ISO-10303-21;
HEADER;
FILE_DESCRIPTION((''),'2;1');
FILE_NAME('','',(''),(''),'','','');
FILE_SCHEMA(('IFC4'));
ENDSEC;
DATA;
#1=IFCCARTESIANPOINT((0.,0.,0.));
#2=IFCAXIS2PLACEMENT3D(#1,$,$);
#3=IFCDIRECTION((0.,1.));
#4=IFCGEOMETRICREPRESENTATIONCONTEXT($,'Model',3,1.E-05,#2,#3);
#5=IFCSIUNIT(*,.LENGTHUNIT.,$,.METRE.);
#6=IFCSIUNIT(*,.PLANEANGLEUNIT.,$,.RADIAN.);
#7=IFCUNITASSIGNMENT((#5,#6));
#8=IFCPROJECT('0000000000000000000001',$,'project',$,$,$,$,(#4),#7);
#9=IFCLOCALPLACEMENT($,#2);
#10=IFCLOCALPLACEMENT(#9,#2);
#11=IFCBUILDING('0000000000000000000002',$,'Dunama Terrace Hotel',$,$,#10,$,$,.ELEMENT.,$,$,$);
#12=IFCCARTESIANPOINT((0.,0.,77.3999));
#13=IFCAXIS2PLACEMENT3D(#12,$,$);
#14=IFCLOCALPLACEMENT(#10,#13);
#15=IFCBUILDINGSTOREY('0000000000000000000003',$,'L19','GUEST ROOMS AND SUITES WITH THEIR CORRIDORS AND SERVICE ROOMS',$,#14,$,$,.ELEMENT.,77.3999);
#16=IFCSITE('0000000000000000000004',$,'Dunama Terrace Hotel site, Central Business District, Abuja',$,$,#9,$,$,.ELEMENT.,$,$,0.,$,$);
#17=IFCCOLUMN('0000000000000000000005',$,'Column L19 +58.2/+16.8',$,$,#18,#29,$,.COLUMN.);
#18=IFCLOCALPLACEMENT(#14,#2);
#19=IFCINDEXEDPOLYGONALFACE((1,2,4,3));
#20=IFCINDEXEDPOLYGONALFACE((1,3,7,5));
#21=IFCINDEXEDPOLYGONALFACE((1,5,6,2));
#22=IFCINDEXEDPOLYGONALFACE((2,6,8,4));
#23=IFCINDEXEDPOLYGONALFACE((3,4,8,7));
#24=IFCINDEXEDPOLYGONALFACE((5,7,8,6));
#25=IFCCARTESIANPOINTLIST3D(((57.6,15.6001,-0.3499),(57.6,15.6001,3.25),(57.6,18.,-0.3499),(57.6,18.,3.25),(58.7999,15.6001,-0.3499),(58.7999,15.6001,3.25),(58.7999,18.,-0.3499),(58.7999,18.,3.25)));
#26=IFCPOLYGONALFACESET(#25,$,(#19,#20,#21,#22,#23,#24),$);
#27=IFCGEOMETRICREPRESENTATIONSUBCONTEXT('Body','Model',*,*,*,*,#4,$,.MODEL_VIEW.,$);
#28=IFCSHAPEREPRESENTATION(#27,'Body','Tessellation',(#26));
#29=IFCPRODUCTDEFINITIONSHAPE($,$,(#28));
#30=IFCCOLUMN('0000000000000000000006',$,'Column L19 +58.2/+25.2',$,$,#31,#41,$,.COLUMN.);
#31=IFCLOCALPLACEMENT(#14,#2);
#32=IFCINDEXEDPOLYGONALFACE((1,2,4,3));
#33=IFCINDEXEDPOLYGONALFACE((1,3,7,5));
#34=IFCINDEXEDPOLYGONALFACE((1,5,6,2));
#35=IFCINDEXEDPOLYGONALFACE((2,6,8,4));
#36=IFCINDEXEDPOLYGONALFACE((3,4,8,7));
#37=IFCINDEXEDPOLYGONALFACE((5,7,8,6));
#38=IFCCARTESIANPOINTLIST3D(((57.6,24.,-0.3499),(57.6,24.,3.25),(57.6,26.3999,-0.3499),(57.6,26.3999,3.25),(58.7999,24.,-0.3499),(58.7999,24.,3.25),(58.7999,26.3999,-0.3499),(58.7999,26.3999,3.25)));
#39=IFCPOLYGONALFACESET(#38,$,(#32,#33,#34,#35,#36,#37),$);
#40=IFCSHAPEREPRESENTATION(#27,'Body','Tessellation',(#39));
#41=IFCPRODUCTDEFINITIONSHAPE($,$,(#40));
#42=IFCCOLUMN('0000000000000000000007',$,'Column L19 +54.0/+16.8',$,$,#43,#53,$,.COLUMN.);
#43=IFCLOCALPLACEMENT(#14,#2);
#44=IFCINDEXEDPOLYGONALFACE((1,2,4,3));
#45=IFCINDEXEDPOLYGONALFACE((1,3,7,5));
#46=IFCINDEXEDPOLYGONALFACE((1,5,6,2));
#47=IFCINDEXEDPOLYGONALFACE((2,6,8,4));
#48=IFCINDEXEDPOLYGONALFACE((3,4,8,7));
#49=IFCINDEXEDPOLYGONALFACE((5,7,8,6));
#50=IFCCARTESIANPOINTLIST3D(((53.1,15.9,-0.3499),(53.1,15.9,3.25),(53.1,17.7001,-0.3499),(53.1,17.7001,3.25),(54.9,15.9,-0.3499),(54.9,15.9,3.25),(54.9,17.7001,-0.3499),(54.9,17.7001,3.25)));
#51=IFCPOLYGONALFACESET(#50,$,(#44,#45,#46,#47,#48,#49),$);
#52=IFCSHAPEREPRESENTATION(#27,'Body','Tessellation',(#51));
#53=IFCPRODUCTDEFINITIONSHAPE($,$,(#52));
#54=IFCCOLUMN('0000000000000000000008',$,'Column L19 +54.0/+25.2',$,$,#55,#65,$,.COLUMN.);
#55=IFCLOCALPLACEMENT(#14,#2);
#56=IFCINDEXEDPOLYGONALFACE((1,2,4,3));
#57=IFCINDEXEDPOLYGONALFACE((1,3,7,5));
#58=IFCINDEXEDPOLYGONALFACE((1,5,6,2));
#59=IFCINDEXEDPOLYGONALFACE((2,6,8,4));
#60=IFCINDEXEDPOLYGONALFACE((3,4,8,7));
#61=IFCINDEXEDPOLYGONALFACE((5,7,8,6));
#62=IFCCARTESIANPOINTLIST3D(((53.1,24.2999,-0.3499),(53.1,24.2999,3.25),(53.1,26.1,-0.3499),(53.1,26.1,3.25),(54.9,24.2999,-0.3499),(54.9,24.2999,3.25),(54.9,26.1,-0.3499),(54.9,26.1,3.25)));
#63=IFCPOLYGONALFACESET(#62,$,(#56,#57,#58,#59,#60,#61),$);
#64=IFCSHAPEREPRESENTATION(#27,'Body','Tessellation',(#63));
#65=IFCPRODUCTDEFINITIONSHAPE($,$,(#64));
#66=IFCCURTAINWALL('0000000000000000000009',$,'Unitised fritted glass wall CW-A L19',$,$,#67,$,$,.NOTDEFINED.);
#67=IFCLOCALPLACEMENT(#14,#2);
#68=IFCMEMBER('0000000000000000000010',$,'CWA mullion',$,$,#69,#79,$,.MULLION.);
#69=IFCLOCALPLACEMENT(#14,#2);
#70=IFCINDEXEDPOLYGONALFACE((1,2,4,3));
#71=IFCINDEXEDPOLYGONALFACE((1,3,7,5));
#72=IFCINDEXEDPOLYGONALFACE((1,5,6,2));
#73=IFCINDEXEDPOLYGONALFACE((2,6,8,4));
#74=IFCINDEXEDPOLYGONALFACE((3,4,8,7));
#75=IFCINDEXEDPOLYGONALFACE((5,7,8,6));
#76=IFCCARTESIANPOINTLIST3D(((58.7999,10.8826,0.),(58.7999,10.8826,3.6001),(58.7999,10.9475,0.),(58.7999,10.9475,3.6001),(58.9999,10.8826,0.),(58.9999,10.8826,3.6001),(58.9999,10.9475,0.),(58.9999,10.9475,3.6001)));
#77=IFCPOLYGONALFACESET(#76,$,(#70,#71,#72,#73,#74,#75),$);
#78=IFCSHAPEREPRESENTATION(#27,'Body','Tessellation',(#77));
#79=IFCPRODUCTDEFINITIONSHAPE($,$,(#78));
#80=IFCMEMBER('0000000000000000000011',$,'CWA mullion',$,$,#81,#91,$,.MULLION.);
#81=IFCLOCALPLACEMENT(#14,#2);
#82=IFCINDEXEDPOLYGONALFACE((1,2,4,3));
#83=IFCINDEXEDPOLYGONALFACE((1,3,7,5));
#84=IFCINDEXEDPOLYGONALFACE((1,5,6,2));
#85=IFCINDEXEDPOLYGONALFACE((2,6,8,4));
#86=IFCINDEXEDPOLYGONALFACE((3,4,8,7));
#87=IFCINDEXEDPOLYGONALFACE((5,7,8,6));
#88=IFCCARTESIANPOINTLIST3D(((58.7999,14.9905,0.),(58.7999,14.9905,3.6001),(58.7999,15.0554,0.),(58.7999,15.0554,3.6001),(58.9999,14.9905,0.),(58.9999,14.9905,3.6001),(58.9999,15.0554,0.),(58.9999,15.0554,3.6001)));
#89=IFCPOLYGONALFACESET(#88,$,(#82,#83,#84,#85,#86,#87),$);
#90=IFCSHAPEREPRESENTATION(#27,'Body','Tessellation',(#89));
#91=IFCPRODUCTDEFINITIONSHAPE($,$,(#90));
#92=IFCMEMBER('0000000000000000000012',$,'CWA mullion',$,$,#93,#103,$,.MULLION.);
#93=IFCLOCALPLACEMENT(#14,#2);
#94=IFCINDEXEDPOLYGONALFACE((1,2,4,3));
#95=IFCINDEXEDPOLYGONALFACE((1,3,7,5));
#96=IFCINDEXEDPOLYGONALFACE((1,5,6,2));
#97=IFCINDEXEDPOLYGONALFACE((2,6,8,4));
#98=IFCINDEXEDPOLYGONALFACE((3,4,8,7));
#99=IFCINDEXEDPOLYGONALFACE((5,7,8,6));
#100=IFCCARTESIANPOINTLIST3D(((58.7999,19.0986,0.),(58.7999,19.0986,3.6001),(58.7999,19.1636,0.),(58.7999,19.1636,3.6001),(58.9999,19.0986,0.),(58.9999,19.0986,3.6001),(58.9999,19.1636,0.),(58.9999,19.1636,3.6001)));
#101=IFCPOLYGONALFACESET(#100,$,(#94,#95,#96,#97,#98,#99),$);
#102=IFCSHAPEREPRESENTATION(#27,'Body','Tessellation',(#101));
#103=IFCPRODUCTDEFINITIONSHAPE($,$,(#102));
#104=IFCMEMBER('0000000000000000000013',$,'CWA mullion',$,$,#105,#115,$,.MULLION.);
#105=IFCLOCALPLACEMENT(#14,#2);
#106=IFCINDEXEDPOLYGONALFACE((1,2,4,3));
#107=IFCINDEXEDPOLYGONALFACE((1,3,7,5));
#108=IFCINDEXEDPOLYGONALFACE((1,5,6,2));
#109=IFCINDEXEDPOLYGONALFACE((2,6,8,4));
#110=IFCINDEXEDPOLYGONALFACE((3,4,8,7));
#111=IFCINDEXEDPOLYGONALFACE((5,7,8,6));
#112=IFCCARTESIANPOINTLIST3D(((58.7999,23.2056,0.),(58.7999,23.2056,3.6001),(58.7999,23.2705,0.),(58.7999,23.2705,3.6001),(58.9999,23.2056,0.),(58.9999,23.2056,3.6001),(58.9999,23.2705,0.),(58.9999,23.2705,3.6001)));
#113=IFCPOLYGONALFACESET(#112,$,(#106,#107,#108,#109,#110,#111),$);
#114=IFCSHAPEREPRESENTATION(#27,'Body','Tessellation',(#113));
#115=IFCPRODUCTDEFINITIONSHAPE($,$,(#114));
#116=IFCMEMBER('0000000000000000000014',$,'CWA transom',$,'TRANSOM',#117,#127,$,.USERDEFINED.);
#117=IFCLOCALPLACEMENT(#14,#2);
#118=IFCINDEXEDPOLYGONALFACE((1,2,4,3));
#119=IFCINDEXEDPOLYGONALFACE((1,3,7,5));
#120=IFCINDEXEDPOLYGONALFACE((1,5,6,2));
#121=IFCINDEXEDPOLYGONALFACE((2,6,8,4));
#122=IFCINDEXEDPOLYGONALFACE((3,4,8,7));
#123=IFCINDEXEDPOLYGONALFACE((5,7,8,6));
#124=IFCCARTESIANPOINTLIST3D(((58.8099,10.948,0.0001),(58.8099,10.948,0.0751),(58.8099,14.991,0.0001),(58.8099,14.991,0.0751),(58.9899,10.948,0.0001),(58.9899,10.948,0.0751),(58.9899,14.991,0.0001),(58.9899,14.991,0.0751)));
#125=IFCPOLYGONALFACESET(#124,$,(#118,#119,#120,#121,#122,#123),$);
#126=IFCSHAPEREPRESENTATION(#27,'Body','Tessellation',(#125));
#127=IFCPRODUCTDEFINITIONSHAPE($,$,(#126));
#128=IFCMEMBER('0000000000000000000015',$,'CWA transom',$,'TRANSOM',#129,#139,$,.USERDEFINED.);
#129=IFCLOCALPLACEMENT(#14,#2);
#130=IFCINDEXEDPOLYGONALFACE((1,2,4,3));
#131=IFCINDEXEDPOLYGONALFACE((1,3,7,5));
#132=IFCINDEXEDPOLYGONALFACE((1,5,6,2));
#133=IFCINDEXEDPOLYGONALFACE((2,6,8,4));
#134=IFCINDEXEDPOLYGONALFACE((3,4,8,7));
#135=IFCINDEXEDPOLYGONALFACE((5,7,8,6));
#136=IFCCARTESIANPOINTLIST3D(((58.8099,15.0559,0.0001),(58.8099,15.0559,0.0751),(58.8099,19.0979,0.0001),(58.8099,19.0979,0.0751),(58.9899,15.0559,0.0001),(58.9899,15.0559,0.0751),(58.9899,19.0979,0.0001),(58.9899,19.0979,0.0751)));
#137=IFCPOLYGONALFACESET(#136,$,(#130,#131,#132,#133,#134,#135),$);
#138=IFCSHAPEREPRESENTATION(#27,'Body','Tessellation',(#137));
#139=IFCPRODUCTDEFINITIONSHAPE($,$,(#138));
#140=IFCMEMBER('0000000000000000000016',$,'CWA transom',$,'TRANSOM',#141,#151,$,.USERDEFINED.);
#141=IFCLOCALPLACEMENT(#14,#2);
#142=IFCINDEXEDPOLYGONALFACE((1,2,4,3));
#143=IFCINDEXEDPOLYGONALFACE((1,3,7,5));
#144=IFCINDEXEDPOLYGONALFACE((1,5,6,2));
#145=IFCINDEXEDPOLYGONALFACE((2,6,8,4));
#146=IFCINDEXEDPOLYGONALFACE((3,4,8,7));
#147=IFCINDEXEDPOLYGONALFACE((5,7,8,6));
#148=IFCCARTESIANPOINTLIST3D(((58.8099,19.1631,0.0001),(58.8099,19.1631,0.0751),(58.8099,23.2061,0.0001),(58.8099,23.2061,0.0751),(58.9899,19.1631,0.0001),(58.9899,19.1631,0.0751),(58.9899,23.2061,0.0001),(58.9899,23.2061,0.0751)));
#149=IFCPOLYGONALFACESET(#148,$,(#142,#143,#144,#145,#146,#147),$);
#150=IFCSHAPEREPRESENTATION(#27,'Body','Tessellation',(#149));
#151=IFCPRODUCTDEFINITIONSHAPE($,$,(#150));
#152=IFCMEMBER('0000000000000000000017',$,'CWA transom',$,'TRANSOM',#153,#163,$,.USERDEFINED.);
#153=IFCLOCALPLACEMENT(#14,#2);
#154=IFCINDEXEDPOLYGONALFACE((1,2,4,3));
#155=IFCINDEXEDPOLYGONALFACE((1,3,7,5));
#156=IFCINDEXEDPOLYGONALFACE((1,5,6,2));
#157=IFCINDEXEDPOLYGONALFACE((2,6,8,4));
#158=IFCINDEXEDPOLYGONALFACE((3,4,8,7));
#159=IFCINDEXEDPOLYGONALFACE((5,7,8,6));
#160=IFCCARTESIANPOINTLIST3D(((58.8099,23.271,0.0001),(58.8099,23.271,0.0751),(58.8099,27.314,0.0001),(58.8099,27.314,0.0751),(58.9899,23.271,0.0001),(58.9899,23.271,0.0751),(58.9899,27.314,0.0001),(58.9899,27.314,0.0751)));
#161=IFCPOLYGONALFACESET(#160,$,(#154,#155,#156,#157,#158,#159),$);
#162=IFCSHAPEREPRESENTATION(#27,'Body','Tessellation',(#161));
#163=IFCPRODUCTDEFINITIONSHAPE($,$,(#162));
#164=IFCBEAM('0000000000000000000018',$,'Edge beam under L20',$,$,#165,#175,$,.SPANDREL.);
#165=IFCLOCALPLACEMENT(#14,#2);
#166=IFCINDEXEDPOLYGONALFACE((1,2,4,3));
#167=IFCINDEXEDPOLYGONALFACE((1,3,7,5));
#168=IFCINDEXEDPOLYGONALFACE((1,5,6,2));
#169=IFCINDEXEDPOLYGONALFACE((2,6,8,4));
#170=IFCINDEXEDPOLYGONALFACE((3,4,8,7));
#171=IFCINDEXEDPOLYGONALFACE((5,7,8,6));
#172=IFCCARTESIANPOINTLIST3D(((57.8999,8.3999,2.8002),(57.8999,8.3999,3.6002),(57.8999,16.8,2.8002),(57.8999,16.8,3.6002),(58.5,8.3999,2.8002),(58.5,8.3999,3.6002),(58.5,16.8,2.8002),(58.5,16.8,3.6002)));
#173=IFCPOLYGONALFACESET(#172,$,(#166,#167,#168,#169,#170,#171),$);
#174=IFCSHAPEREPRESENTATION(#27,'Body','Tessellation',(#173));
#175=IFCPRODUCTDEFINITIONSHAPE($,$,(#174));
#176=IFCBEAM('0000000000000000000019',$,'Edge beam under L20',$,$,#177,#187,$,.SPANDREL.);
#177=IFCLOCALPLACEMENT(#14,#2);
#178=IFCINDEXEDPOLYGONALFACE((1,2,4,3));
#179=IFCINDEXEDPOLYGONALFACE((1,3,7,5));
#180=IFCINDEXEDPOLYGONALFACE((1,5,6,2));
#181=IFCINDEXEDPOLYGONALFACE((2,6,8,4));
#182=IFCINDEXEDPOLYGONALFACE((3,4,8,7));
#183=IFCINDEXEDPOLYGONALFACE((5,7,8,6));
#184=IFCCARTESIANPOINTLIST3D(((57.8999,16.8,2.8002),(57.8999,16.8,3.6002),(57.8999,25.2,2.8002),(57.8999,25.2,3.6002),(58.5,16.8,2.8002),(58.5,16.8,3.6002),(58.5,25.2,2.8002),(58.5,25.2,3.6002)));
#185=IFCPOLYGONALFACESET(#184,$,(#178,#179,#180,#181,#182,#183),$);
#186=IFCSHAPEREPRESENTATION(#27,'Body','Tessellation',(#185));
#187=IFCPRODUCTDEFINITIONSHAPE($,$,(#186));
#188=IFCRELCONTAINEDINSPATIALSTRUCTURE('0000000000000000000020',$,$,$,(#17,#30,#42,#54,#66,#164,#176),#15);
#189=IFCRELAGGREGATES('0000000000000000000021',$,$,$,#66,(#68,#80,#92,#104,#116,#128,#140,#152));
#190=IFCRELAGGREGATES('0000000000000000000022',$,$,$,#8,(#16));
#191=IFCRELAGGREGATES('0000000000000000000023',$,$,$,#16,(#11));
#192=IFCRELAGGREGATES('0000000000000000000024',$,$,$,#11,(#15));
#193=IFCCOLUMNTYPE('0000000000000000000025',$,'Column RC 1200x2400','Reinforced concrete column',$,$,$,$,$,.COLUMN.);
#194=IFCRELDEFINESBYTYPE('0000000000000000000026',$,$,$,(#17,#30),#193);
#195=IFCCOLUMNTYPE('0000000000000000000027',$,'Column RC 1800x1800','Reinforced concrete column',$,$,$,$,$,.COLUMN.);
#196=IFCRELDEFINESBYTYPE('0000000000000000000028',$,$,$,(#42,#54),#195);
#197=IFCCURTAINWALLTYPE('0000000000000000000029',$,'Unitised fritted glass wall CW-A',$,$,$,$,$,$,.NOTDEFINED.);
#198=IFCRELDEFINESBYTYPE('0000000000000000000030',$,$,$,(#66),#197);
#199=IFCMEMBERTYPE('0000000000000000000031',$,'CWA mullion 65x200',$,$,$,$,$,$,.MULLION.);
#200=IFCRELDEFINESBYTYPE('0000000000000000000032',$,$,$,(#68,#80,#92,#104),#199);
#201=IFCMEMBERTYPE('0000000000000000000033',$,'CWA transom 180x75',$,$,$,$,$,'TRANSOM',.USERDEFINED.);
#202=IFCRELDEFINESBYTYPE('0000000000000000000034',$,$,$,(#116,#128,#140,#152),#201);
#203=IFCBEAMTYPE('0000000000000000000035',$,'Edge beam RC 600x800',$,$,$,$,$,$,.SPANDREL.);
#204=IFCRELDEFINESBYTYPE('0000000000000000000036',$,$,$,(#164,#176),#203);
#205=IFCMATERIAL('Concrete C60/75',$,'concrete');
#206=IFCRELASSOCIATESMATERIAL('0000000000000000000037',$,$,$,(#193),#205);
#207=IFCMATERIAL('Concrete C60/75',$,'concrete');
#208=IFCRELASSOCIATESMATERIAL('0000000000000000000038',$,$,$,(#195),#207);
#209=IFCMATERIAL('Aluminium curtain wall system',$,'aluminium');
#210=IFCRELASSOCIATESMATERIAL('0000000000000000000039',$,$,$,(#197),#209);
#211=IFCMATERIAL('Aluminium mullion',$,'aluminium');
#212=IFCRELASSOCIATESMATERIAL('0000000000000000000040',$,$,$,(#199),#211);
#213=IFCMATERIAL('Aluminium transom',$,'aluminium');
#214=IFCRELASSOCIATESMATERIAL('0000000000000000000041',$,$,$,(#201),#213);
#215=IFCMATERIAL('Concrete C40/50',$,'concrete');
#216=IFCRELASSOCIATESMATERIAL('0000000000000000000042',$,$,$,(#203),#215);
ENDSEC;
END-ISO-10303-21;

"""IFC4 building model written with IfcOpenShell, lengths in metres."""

from ifc_helpers import new_model, si_unit, direction, frame, origin, origin_2d, place, context, subcontext, project, spatial, rectangle, extrude, material, material_profile, profile_set, type_object, element, aggregate, save


model = new_model("IFC4")

# Units and contexts
model_context = context("Model", 3, precision=1e-05, world=origin(), true_north=direction((0.0, 1.0)))
body_context = subcontext(model_context, "Body", "Model", "MODEL_VIEW")
ifc_project = project(units=[si_unit("LENGTHUNIT", "METRE"), si_unit("PLANEANGLEUNIT", "RADIAN")], contexts=[model_context])

# Site, building, storey
site_placement = place(None, origin())
site = spatial("IfcSite", under=ifc_project, at=site_placement, Name="Dunama Terrace Hotel site, Central Business District, Abuja", CompositionType="ELEMENT", RefElevation=0.0)
building_placement = place(site_placement, origin())
building = spatial("IfcBuilding", under=site, at=building_placement, Name="Dunama Terrace Hotel", CompositionType="ELEMENT")
storey_placement = place(building_placement, frame((0.0, 0.0, 77.3999)))
storey = spatial("IfcBuildingStorey", under=building, at=storey_placement, Name="L19", Description="GUEST ROOMS AND SUITES WITH THEIR CORRIDORS AND SERVICE ROOMS", CompositionType="ELEMENT", Elevation=77.3999)

# Columns
ifc_material_1 = material(Name="Concrete C60/75", Category="concrete")
ifc_material_profile_1 = material_profile(ifc_material_1, rectangle(XDim=1.2, YDim=2.3999, at=origin_2d()), Name="RC 1200x2400")
ifc_profile_set_1 = profile_set([ifc_material_profile_1], Name="Concrete C60/75")
column_type_1 = type_object("IfcColumnType", Name="Column RC 1200x2400", Description="Reinforced concrete column", PredefinedType="COLUMN", material=ifc_profile_set_1)
for number, where, z_axis, x_axis, name in (
    (1, (58.2, 16.8, -0.3499), (0.0, 0.0, 1.0), (1.0, 0.0, 0.0), "Column L19 +58.2/+16.8"),
    (2, (58.2, 25.2, -0.3499), (0.0, 0.0, 1.0), (1.0, 0.0, 0.0), "Column L19 +58.2/+25.2"),
):
    element("IfcColumn", number, at=place(storey_placement, frame(where, z_axis=z_axis, x_axis=x_axis)), inside=storey, type_object=column_type_1, Name=name, PredefinedType="COLUMN", context=body_context, shape_type="SweptSolid", body=[
        extrude(rectangle(XDim=1.2, YDim=2.3999, at=origin_2d()), origin(), (0.0, 0.0, 1.0), 3.5999),
    ])
ifc_material_2 = material(Name="Concrete C60/75", Category="concrete")
ifc_material_profile_2 = material_profile(ifc_material_2, rectangle(XDim=1.8, YDim=1.8, at=origin_2d()), Name="RC 1800x1800")
ifc_profile_set_2 = profile_set([ifc_material_profile_2], Name="Concrete C60/75")
column_type_2 = type_object("IfcColumnType", Name="Column RC 1800x1800", Description="Reinforced concrete column", PredefinedType="COLUMN", material=ifc_profile_set_2)
for number, where, z_axis, x_axis, name in (
    (3, (54.0, 16.8, -0.3499), (0.0, 0.0, 1.0), (1.0, 0.0, 0.0), "Column L19 +54.0/+16.8"),
    (4, (54.0, 25.2, -0.3499), (0.0, 0.0, 1.0), (1.0, 0.0, 0.0), "Column L19 +54.0/+25.2"),
):
    element("IfcColumn", number, at=place(storey_placement, frame(where, z_axis=z_axis, x_axis=x_axis)), inside=storey, type_object=column_type_2, Name=name, PredefinedType="COLUMN", context=body_context, shape_type="SweptSolid", body=[
        extrude(rectangle(XDim=1.8, YDim=1.8, at=origin_2d()), origin(), (0.0, 0.0, 1.0), 3.5999),
    ])

# Curtain wall, members
ifc_material_3 = material(Name="Aluminium curtain wall system", Category="aluminium")
curtain_wall_type = type_object("IfcCurtainWallType", Name="Unitised fritted glass wall CW-A", PredefinedType="NOTDEFINED", material=ifc_material_3)
curtain_wall_placement = place(storey_placement, origin())
curtain_wall = element("IfcCurtainWall", 5, at=curtain_wall_placement, inside=storey, type_object=curtain_wall_type, Name="Unitised fritted glass wall CW-A L19", PredefinedType="NOTDEFINED")
ifc_material_4 = material(Name="Aluminium mullion", Category="aluminium")
ifc_material_profile_3 = material_profile(ifc_material_4, rectangle(XDim=0.0649, YDim=0.2, at=origin_2d()), Name="CWA MULLION 65X200")
ifc_profile_set_3 = profile_set([ifc_material_profile_3], Name="Aluminium mullion")
member_type_1 = type_object("IfcMemberType", Name="CWA mullion 65x200", PredefinedType="MULLION", material=ifc_profile_set_3)
member_1_placement = place(storey_placement, frame((58.8999, 10.915, 0.0), z_axis=(0.0, 0.0, 1.0), x_axis=(0.0, 1.0, 0.0)))
member_1 = element("IfcMember", 6, at=member_1_placement, type_object=member_type_1, Name="CWA mullion", PredefinedType="MULLION", context=body_context, shape_type="SweptSolid", body=[
    extrude(rectangle(XDim=0.0649, YDim=0.2, at=origin_2d()), origin(), (0.0, 0.0, 1.0), 3.6001),
])
member_2_placement = place(storey_placement, frame((58.8999, 15.0229, 0.0), z_axis=(0.0, 0.0, 1.0), x_axis=(0.0, 1.0, 0.0)))
member_2 = element("IfcMember", 7, at=member_2_placement, type_object=member_type_1, Name="CWA mullion", PredefinedType="MULLION", context=body_context, shape_type="SweptSolid", body=[
    extrude(rectangle(XDim=0.0649, YDim=0.2, at=origin_2d()), origin(), (0.0, 0.0, 1.0), 3.6001),
])
member_3_placement = place(storey_placement, frame((58.8999, 19.1311, 0.0), z_axis=(0.0, 0.0, 1.0), x_axis=(0.0, 1.0, 0.0)))
member_3 = element("IfcMember", 8, at=member_3_placement, type_object=member_type_1, Name="CWA mullion", PredefinedType="MULLION", context=body_context, shape_type="SweptSolid", body=[
    extrude(rectangle(XDim=0.0649, YDim=0.2, at=origin_2d()), origin(), (0.0, 0.0, 1.0), 3.6001),
])
member_4_placement = place(storey_placement, frame((58.8999, 23.238, 0.0), z_axis=(0.0, 0.0, 1.0), x_axis=(0.0, 1.0, 0.0)))
member_4 = element("IfcMember", 9, at=member_4_placement, type_object=member_type_1, Name="CWA mullion", PredefinedType="MULLION", context=body_context, shape_type="SweptSolid", body=[
    extrude(rectangle(XDim=0.0649, YDim=0.2, at=origin_2d()), origin(), (0.0, 0.0, 1.0), 3.6001),
])
ifc_material_5 = material(Name="Aluminium transom", Category="aluminium")
ifc_material_profile_4 = material_profile(ifc_material_5, rectangle(XDim=0.1799, YDim=0.075, at=origin_2d()), Name="CWA TRANSOM 180X75")
ifc_profile_set_4 = profile_set([ifc_material_profile_4], Name="Aluminium transom")
member_type_2 = type_object("IfcMemberType", Name="CWA transom 180x75", ElementType="TRANSOM", PredefinedType="USERDEFINED", material=ifc_profile_set_4)
member_5_placement = place(storey_placement, frame((58.8999, 10.948, 0.0376), z_axis=(0.0, 1.0, 0.0), x_axis=(-1.0, 0.0, 0.0)))
member_5 = element("IfcMember", 10, at=member_5_placement, type_object=member_type_2, Name="CWA transom", ObjectType="TRANSOM", PredefinedType="USERDEFINED", context=body_context, shape_type="SweptSolid", body=[
    extrude(rectangle(XDim=0.1799, YDim=0.075, at=origin_2d()), origin(), (0.0, 0.0, 1.0), 4.043),
])
member_6_placement = place(storey_placement, frame((58.8999, 15.0559, 0.0376), z_axis=(0.0, 1.0, 0.0), x_axis=(-1.0, 0.0, 0.0)))
member_6 = element("IfcMember", 11, at=member_6_placement, type_object=member_type_2, Name="CWA transom", ObjectType="TRANSOM", PredefinedType="USERDEFINED", context=body_context, shape_type="SweptSolid", body=[
    extrude(rectangle(XDim=0.1799, YDim=0.075, at=origin_2d()), origin(), (0.0, 0.0, 1.0), 4.042),
])
member_7_placement = place(storey_placement, frame((58.8999, 19.1631, 0.0376), z_axis=(0.0, 1.0, 0.0), x_axis=(-1.0, 0.0, 0.0)))
member_7 = element("IfcMember", 12, at=member_7_placement, type_object=member_type_2, Name="CWA transom", ObjectType="TRANSOM", PredefinedType="USERDEFINED", context=body_context, shape_type="SweptSolid", body=[
    extrude(rectangle(XDim=0.1799, YDim=0.075, at=origin_2d()), origin(), (0.0, 0.0, 1.0), 4.043),
])
member_8_placement = place(storey_placement, frame((58.8999, 23.271, 0.0376), z_axis=(0.0, 1.0, 0.0), x_axis=(-1.0, 0.0, 0.0)))
member_8 = element("IfcMember", 13, at=member_8_placement, type_object=member_type_2, Name="CWA transom", ObjectType="TRANSOM", PredefinedType="USERDEFINED", context=body_context, shape_type="SweptSolid", body=[
    extrude(rectangle(XDim=0.1799, YDim=0.075, at=origin_2d()), origin(), (0.0, 0.0, 1.0), 4.043),
])

# Beams
ifc_material_6 = material(Name="Concrete C40/50", Category="concrete")
ifc_material_profile_5 = material_profile(ifc_material_6, rectangle(XDim=0.6001, YDim=0.8, at=origin_2d()), Name="RC 600x800")
ifc_profile_set_5 = profile_set([ifc_material_profile_5], Name="Concrete C40/50")
beam_type = type_object("IfcBeamType", Name="Edge beam RC 600x800", PredefinedType="SPANDREL", material=ifc_profile_set_5)
beam_1_placement = place(storey_placement, frame((58.2, 8.3999, 3.2002), z_axis=(0.0, 1.0, 0.0), x_axis=(-1.0, 0.0, 0.0)))
element("IfcBeam", 14, at=beam_1_placement, inside=storey, type_object=beam_type, Name="Edge beam under L20", PredefinedType="SPANDREL", context=body_context, shape_type="SweptSolid", body=[
    extrude(rectangle(XDim=0.6001, YDim=0.8, at=origin_2d()), origin(), (0.0, 0.0, 1.0), 8.4001),
])
beam_2_placement = place(storey_placement, frame((58.2, 16.8, 3.2002), z_axis=(0.0, 1.0, 0.0), x_axis=(-1.0, 0.0, 0.0)))
element("IfcBeam", 15, at=beam_2_placement, inside=storey, type_object=beam_type, Name="Edge beam under L20", PredefinedType="SPANDREL", context=body_context, shape_type="SweptSolid", body=[
    extrude(rectangle(XDim=0.6001, YDim=0.8, at=origin_2d()), origin(), (0.0, 0.0, 1.0), 8.3999),
])

aggregate(curtain_wall, [member_1, member_2, member_3, member_4, member_5, member_6, member_7, member_8])

save(model, "model.ifc")
